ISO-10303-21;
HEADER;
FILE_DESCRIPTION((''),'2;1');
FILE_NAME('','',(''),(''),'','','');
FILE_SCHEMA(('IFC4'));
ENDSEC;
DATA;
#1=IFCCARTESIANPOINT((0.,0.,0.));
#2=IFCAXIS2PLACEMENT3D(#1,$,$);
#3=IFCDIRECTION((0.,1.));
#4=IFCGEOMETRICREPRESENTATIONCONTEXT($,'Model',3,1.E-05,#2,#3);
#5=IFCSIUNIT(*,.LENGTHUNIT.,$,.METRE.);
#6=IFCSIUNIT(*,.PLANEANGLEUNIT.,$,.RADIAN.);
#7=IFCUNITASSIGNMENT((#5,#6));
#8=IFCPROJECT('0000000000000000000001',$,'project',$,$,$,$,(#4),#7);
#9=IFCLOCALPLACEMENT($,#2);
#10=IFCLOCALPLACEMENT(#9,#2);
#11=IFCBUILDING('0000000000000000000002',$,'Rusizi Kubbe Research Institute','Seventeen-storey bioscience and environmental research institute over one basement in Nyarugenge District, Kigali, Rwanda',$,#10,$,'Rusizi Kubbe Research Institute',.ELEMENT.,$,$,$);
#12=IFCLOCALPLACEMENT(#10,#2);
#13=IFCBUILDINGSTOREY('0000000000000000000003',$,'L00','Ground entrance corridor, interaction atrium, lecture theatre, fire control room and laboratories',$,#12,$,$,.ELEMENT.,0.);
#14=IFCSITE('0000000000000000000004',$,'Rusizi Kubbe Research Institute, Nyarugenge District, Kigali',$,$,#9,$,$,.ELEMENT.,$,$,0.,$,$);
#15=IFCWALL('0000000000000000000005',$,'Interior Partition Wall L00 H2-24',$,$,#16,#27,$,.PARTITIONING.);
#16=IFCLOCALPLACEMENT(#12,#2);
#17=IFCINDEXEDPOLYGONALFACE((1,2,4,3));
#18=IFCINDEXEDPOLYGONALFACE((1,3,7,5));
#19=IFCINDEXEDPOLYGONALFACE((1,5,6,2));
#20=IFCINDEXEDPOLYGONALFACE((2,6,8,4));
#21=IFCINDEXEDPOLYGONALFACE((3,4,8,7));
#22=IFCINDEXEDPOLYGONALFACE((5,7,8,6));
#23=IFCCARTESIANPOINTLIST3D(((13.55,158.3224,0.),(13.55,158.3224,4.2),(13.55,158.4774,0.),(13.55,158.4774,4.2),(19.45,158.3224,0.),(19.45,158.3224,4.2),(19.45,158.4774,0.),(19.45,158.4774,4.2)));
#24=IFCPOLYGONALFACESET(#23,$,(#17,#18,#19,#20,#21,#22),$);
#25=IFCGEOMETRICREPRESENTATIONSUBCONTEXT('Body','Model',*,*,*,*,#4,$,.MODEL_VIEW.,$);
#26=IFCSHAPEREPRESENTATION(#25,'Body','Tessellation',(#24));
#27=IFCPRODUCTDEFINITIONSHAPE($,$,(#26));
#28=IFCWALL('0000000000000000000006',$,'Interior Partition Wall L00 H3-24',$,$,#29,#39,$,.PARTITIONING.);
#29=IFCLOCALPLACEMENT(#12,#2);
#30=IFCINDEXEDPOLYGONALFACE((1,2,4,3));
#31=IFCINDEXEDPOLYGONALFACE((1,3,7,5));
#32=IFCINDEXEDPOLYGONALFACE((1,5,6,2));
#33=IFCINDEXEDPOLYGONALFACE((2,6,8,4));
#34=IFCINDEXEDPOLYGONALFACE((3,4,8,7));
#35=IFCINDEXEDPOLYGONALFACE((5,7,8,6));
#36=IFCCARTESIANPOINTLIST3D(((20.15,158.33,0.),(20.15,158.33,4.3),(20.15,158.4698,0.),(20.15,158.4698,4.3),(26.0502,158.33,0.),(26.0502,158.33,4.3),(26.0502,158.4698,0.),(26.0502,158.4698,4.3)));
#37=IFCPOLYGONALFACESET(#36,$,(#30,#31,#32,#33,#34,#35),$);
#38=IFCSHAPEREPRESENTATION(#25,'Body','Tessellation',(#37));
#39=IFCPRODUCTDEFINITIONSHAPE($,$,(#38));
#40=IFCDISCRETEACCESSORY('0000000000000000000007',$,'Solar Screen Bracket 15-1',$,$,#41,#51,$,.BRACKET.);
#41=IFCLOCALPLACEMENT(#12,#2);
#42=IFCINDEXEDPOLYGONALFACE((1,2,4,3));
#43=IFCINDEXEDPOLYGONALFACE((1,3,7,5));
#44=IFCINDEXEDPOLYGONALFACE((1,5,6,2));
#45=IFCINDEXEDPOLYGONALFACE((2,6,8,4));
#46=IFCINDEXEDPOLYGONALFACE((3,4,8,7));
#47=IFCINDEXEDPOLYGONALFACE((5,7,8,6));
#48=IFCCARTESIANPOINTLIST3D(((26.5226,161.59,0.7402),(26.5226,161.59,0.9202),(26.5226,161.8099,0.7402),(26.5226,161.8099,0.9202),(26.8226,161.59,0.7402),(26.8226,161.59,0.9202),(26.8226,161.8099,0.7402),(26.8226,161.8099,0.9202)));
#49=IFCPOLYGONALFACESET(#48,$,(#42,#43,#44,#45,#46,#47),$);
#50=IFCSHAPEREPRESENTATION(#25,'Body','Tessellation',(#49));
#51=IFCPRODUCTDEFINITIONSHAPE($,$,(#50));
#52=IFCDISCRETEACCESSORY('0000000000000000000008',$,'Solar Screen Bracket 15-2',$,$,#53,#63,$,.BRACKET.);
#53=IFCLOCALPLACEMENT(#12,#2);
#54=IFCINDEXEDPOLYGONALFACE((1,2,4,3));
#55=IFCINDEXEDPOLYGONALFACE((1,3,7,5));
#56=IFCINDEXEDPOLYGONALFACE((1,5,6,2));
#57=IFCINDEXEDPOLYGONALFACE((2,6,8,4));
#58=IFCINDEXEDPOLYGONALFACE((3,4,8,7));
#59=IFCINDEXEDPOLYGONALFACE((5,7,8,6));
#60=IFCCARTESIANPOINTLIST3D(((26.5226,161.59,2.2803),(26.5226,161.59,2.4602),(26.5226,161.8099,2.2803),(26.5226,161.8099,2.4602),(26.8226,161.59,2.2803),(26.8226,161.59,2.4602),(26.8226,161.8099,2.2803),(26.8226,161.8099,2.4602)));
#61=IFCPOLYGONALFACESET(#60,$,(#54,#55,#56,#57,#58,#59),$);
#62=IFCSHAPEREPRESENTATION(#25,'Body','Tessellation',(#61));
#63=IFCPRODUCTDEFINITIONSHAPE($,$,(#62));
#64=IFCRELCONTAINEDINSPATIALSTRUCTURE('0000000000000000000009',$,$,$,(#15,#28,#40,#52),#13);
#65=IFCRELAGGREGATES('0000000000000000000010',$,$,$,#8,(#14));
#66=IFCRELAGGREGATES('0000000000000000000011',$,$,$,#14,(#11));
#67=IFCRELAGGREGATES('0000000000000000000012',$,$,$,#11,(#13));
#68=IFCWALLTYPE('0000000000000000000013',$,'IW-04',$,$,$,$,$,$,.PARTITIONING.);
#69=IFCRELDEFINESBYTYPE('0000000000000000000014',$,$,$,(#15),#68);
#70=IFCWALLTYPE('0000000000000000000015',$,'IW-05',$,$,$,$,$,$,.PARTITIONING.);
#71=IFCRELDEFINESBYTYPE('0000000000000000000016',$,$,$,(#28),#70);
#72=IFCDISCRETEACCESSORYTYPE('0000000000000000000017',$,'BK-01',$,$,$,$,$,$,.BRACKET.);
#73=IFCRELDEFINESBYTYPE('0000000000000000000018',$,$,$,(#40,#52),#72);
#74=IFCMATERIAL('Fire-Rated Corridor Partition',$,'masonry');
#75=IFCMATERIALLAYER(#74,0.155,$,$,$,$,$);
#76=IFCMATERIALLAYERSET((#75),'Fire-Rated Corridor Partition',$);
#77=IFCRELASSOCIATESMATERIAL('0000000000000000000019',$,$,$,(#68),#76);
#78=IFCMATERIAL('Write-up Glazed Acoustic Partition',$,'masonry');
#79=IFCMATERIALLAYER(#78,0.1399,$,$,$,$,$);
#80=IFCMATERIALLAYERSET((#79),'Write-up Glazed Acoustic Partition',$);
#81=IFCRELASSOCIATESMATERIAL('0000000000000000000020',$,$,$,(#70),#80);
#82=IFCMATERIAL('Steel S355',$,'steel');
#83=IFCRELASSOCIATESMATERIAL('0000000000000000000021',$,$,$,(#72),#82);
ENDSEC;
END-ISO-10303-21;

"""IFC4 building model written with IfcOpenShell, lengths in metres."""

from ifc_helpers import new_model, si_unit, direction, frame, frame_2d, origin, origin_2d, place, context, subcontext, project, spatial, rectangle, extrude, material, layer, layer_set, type_object, element, save


model = new_model("IFC4")

# Units and contexts
model_context = context("Model", 3, precision=1e-05, world=origin(), true_north=direction((0.0, 1.0)))
body_context = subcontext(model_context, "Body", "Model", "MODEL_VIEW")
ifc_project = project(units=[si_unit("LENGTHUNIT", "METRE"), si_unit("PLANEANGLEUNIT", "RADIAN")], contexts=[model_context])

# Site, building, storey
site_placement = place(None, origin())
site = spatial("IfcSite", under=ifc_project, at=site_placement, Name="Rusizi Kubbe Research Institute, Nyarugenge District, Kigali", CompositionType="ELEMENT", RefElevation=0.0)
building_placement = place(site_placement, origin())
building = spatial("IfcBuilding", under=site, at=building_placement, Name="Rusizi Kubbe Research Institute", Description="Seventeen-storey bioscience and environmental research institute over one basement in Nyarugenge District, Kigali, Rwanda", LongName="Rusizi Kubbe Research Institute", CompositionType="ELEMENT")
storey_placement = place(building_placement, origin())
storey = spatial("IfcBuildingStorey", under=building, at=storey_placement, Name="L00", Description="Ground entrance corridor, interaction atrium, lecture theatre, fire control room and laboratories", CompositionType="ELEMENT", Elevation=0.0)

# Walls
ifc_material_1 = material(Name="Fire-Rated Corridor Partition", Category="masonry")
ifc_layer_1 = layer(ifc_material_1, 0.155)
ifc_layer_set_1 = layer_set([ifc_layer_1], Name="Fire-Rated Corridor Partition")
wall_type_1 = type_object("IfcWallType", Name="IW-04", PredefinedType="PARTITIONING", material=ifc_layer_set_1)
wall_1_placement = place(storey_placement, frame((13.55, 158.3999, 0.0), z_axis=(0.0, 0.0, 1.0), x_axis=(1.0, 0.0, 0.0)))
element("IfcWall", 1, at=wall_1_placement, inside=storey, type_object=wall_type_1, Name="Interior Partition Wall L00 H2-24", PredefinedType="PARTITIONING", context=body_context, shape_type="SweptSolid", body=[
    extrude(rectangle(XDim=5.8999, YDim=0.155, at=frame_2d((2.95, 0.0))), origin(), (0.0, 0.0, 1.0), 4.2),
])
ifc_material_2 = material(Name="Write-up Glazed Acoustic Partition", Category="masonry")
ifc_layer_2 = layer(ifc_material_2, 0.1399)
ifc_layer_set_2 = layer_set([ifc_layer_2], Name="Write-up Glazed Acoustic Partition")
wall_type_2 = type_object("IfcWallType", Name="IW-05", PredefinedType="PARTITIONING", material=ifc_layer_set_2)
wall_2_placement = place(storey_placement, frame((20.1499, 158.3999, 0.0), z_axis=(0.0, 0.0, 1.0), x_axis=(1.0, 0.0, 0.0)))
element("IfcWall", 2, at=wall_2_placement, inside=storey, type_object=wall_type_2, Name="Interior Partition Wall L00 H3-24", PredefinedType="PARTITIONING", context=body_context, shape_type="SweptSolid", body=[
    extrude(rectangle(XDim=5.9001, YDim=0.1399, at=frame_2d((2.9502, 0.0))), origin(), (0.0, 0.0, 1.0), 4.3),
])

# Discrete accessories
ifc_material_3 = material(Name="Steel S355", Category="steel")
discrete_accessory_type = type_object("IfcDiscreteAccessoryType", Name="BK-01", PredefinedType="BRACKET", material=ifc_material_3)
for number, where, z_axis, x_axis, name in (
    (3, (26.6726, 161.7, 0.7402), (0.0, 0.0, 1.0), (1.0, 0.0, 0.0), "Solar Screen Bracket 15-1"),
    (4, (26.6726, 161.7, 2.2803), (0.0, 0.0, 1.0), (1.0, 0.0, 0.0), "Solar Screen Bracket 15-2"),
):
    element("IfcDiscreteAccessory", number, at=place(storey_placement, frame(where, z_axis=z_axis, x_axis=x_axis)), inside=storey, type_object=discrete_accessory_type, Name=name, PredefinedType="BRACKET", context=body_context, shape_type="SweptSolid", body=[
        extrude(rectangle(XDim=0.3, YDim=0.22, at=origin_2d()), origin(), (0.0, 0.0, 1.0), 0.1799),
    ])

save(model, "model.ifc")
